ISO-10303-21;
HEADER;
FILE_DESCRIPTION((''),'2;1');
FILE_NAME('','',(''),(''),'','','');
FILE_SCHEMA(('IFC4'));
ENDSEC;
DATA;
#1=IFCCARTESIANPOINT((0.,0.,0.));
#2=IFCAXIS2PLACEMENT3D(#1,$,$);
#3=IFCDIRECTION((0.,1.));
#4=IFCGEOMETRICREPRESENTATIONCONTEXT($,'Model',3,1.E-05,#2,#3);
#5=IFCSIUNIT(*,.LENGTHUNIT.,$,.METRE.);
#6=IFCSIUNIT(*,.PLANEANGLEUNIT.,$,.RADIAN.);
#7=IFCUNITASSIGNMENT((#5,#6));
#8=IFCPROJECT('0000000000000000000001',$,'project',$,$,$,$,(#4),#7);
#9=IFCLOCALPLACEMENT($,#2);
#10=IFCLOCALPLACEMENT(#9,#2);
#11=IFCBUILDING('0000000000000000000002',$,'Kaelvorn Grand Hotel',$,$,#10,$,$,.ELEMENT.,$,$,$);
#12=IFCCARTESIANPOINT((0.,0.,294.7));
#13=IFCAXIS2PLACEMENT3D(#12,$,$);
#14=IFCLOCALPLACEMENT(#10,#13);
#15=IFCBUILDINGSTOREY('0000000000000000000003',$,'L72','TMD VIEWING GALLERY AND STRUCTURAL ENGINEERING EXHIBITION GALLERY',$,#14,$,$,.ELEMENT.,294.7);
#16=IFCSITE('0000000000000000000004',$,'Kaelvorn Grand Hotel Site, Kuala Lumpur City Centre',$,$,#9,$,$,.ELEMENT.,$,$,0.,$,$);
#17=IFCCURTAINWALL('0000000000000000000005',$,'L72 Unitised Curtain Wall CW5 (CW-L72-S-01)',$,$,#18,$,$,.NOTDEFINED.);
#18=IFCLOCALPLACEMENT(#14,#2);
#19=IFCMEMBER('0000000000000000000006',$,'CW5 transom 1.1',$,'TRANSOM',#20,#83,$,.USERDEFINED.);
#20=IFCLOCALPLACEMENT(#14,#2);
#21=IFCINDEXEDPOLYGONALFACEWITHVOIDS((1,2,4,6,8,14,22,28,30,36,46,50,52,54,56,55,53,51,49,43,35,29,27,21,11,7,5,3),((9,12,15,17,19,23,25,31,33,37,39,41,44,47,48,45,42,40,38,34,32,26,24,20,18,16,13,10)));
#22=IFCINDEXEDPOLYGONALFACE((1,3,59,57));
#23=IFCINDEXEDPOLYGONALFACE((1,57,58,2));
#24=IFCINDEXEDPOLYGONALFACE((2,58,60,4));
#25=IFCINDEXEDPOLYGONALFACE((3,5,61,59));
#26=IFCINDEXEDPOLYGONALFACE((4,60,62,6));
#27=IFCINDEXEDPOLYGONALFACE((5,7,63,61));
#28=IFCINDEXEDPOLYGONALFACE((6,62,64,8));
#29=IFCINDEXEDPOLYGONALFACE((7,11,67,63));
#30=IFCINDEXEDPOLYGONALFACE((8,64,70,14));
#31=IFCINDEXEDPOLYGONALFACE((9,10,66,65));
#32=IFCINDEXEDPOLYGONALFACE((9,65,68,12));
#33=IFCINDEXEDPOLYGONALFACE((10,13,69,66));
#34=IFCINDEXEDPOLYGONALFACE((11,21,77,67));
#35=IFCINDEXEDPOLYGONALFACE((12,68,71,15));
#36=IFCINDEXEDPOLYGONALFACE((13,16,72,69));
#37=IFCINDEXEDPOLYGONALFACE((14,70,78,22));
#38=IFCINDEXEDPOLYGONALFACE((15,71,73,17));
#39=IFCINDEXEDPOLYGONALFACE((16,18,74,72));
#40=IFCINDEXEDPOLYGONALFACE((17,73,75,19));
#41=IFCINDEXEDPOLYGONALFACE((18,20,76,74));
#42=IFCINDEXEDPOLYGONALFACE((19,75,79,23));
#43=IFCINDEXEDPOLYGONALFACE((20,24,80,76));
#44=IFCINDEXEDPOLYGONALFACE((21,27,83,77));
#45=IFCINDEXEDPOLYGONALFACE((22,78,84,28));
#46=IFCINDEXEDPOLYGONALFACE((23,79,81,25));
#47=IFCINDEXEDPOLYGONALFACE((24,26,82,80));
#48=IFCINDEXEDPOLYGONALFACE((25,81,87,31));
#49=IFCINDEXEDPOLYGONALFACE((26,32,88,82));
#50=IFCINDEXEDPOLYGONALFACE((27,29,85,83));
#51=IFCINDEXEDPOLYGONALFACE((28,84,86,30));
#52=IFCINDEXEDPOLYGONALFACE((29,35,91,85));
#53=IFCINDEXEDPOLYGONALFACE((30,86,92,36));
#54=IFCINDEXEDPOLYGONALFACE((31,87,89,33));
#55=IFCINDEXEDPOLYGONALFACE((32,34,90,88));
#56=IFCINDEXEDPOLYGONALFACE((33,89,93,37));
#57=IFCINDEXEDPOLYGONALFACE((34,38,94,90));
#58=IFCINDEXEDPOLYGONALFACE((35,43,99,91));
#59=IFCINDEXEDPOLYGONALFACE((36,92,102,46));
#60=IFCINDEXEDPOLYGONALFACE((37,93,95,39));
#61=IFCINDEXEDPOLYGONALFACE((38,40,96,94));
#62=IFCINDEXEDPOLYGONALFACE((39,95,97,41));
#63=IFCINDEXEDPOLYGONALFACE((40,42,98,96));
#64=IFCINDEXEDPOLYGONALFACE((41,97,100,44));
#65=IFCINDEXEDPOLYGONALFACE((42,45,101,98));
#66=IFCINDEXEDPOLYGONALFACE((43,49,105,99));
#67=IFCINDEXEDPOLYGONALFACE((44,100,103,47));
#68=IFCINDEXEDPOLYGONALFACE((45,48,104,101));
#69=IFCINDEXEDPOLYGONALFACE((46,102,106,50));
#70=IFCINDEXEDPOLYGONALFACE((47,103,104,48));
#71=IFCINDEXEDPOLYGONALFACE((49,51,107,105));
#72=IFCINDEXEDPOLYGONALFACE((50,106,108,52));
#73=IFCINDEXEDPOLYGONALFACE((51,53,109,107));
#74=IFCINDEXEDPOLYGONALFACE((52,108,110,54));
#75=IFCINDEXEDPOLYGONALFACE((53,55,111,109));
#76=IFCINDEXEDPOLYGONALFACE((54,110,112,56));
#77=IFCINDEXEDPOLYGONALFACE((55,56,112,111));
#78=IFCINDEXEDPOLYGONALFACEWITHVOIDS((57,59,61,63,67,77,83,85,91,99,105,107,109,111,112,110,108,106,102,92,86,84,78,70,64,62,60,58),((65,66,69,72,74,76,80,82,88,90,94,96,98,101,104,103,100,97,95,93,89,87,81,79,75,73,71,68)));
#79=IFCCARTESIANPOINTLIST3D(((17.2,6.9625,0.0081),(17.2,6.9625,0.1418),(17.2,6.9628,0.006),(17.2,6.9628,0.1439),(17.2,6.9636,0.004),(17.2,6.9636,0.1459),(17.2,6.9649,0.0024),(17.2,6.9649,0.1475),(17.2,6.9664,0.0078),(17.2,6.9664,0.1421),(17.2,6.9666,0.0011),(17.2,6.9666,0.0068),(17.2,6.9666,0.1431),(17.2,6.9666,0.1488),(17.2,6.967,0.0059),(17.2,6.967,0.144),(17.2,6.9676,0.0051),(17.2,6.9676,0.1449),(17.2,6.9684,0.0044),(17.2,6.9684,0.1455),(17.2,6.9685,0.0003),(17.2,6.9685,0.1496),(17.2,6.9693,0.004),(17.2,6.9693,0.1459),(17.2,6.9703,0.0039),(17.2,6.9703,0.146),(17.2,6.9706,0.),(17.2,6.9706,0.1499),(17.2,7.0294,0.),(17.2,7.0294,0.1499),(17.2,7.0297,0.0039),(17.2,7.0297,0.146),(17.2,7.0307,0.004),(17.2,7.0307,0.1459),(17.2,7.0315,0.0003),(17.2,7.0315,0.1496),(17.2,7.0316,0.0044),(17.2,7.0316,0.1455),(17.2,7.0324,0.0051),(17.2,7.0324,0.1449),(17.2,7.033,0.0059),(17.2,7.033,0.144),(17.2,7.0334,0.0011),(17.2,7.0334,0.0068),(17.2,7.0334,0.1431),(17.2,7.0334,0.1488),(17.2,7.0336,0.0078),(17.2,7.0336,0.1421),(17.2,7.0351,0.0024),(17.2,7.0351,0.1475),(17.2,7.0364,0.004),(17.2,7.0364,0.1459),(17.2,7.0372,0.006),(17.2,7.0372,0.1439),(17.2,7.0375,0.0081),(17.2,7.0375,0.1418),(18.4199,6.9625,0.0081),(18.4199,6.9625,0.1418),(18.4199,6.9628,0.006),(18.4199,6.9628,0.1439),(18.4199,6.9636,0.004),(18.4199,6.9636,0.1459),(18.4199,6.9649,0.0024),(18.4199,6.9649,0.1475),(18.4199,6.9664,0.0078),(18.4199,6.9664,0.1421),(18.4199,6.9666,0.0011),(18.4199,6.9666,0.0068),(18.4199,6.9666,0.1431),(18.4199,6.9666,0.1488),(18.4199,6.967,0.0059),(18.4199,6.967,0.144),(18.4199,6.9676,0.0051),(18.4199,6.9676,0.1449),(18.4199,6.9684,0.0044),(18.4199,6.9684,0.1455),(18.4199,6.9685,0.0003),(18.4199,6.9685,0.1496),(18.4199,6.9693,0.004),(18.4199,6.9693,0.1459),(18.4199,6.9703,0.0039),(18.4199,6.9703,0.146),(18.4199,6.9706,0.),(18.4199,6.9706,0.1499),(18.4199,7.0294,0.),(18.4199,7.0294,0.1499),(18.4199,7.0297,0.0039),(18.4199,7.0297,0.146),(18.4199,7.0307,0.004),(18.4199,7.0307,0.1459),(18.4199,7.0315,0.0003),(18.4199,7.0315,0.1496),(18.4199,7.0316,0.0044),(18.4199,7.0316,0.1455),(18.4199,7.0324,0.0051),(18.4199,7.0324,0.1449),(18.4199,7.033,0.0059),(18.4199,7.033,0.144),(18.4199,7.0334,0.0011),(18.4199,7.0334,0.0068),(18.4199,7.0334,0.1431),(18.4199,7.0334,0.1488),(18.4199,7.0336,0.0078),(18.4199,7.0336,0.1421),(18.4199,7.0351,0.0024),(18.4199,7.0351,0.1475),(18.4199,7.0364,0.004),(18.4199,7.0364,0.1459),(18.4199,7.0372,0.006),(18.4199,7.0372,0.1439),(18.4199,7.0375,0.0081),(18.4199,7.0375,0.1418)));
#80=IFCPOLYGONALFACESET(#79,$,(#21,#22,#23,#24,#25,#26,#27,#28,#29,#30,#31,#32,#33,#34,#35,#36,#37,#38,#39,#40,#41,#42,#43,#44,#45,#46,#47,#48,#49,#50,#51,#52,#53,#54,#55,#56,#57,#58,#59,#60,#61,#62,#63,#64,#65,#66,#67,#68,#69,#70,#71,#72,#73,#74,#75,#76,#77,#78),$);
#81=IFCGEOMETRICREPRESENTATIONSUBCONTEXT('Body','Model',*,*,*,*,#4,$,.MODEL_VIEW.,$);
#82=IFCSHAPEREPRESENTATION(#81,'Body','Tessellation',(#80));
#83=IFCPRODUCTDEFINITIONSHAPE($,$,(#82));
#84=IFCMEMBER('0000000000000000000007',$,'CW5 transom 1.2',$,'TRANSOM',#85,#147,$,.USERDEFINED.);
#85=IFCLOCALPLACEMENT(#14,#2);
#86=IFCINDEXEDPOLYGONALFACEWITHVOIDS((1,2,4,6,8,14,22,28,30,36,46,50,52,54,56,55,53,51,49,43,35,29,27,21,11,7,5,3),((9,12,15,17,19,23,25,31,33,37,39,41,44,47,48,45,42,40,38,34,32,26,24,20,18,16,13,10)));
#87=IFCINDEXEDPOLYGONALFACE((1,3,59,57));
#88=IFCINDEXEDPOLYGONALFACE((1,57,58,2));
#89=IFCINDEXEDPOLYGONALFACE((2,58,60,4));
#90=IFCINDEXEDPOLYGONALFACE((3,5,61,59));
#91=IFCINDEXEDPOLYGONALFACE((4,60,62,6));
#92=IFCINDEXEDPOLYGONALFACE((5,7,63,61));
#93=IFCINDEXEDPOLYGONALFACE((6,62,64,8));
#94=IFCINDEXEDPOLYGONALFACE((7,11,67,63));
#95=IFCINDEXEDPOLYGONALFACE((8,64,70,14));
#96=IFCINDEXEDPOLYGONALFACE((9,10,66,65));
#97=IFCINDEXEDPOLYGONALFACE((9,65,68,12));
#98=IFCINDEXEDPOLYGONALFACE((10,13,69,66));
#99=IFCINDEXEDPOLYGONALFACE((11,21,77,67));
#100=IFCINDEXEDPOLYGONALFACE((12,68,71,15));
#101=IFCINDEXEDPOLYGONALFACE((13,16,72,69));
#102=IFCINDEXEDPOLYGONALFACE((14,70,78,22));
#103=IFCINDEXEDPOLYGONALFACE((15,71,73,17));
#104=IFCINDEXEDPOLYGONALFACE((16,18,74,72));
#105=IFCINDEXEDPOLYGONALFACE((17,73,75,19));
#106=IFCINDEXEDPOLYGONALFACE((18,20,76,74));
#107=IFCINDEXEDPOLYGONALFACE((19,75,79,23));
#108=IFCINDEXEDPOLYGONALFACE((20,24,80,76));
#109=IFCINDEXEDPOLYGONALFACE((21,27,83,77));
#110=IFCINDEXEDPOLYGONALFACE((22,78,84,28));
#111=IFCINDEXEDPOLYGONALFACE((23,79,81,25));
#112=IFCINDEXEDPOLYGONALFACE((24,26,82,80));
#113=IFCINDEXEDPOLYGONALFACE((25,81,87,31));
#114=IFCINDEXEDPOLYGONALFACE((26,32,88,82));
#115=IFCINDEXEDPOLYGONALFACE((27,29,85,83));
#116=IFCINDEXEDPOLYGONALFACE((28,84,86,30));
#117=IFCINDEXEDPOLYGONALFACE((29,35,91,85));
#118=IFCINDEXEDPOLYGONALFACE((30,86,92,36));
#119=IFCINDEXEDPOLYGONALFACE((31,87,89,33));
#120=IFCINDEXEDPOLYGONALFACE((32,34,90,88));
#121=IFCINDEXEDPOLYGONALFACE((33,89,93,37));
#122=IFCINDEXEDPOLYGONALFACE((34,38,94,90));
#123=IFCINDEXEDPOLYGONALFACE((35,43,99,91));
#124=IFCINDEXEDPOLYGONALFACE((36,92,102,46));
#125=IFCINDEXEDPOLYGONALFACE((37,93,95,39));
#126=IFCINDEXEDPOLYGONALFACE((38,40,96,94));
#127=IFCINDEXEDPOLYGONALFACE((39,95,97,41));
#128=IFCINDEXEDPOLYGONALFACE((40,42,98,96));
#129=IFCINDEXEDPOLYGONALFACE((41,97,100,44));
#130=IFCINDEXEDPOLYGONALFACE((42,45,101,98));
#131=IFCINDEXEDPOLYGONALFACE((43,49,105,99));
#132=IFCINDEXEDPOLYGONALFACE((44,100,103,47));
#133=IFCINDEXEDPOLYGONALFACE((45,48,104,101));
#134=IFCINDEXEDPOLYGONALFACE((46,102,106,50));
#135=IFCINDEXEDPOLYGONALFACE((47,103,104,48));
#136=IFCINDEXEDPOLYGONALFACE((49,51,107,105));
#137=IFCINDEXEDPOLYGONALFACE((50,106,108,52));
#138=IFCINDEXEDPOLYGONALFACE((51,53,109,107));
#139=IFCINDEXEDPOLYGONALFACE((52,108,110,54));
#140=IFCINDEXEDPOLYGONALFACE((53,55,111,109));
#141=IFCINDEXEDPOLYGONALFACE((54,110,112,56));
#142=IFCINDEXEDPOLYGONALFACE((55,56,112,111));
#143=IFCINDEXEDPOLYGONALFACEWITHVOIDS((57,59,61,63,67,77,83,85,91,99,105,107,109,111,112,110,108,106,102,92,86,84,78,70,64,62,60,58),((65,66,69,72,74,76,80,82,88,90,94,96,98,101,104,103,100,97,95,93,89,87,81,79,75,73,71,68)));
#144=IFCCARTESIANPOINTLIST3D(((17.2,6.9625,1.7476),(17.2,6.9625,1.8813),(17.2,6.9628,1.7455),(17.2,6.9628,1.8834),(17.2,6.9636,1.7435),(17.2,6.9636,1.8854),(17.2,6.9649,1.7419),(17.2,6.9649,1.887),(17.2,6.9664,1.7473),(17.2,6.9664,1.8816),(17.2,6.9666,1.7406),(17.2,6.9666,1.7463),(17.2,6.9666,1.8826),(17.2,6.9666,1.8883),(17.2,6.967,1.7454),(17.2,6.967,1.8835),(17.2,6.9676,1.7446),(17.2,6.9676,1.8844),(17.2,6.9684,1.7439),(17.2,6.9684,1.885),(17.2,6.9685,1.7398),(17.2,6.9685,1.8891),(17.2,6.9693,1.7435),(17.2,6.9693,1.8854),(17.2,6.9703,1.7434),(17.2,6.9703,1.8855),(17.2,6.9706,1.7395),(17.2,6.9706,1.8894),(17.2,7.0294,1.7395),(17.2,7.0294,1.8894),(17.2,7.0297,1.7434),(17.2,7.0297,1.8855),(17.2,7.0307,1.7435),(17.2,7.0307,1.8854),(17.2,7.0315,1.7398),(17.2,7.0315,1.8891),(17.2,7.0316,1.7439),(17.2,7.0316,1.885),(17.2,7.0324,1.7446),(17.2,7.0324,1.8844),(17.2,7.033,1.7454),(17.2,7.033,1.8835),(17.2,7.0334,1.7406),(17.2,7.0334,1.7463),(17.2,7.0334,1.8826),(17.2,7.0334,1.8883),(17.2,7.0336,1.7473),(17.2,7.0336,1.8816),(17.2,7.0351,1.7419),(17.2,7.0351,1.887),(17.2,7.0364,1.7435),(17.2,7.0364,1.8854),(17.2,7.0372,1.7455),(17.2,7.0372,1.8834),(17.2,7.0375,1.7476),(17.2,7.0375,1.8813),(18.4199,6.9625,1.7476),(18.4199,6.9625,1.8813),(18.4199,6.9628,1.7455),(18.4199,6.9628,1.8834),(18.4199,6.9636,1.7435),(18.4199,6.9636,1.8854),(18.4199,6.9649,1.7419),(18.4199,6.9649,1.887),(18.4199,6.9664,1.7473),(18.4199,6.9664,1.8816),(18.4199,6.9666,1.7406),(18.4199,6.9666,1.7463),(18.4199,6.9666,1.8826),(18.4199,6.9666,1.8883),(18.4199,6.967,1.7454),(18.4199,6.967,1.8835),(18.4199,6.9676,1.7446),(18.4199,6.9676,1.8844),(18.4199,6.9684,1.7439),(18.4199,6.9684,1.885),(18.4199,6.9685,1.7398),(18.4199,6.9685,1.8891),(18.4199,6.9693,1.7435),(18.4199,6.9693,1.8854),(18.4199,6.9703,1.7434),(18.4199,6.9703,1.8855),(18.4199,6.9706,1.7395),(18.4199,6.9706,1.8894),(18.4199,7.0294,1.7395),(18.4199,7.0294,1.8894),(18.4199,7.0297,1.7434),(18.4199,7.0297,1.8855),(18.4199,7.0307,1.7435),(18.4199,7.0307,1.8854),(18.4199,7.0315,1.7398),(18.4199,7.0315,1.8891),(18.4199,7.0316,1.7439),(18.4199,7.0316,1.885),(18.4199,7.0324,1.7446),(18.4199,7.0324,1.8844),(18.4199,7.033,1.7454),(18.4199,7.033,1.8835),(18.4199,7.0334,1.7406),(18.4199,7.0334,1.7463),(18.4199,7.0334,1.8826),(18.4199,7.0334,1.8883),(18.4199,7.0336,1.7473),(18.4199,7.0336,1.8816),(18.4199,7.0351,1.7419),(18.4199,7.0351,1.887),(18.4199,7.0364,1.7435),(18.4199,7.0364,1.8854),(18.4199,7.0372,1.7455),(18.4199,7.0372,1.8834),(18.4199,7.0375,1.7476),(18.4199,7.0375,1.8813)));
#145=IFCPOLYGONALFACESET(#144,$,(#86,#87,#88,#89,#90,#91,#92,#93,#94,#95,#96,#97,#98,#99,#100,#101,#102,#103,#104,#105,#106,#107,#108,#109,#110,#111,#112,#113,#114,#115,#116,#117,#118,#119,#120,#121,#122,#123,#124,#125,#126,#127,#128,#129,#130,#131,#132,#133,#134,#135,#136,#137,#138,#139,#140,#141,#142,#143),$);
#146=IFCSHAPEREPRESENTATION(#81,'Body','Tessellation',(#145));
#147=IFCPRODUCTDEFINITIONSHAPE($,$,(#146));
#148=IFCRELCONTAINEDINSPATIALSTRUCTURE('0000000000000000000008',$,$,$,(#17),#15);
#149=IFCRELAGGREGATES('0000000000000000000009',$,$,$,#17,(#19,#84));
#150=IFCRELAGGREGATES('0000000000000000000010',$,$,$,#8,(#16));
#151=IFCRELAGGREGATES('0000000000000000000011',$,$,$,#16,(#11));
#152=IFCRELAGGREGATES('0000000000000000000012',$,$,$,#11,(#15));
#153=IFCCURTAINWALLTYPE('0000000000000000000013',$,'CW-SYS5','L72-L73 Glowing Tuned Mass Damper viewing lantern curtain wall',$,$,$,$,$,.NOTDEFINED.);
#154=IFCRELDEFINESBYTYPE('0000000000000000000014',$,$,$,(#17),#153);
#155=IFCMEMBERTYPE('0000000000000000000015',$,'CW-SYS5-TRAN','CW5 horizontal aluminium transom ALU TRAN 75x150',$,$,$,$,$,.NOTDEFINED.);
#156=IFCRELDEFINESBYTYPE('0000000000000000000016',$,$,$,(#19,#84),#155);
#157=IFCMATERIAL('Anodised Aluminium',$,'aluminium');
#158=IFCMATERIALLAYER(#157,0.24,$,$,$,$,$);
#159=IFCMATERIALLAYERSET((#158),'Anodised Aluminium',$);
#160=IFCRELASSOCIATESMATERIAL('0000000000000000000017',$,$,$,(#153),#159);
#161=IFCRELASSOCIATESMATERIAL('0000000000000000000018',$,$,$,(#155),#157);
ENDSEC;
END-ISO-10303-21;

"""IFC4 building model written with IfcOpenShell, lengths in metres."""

from ifc_helpers import new_model, si_unit, direction, frame, origin, origin_2d, place, context, subcontext, project, spatial, hollow_rectangle, extrude, material, layer, layer_set, material_profile, profile_set, type_object, element, aggregate, save


model = new_model("IFC4")

# Units and contexts
model_context = context("Model", 3, precision=1e-05, world=origin(), true_north=direction((0.0, 1.0)))
body_context = subcontext(model_context, "Body", "Model", "MODEL_VIEW")
ifc_project = project(units=[si_unit("LENGTHUNIT", "METRE"), si_unit("PLANEANGLEUNIT", "RADIAN")], contexts=[model_context])

# Site, building, storey
site_placement = place(None, origin())
site = spatial("IfcSite", under=ifc_project, at=site_placement, Name="Kaelvorn Grand Hotel Site, Kuala Lumpur City Centre", CompositionType="ELEMENT", RefElevation=0.0)
building_placement = place(site_placement, origin())
building = spatial("IfcBuilding", under=site, at=building_placement, Name="Kaelvorn Grand Hotel", CompositionType="ELEMENT")
storey_placement = place(building_placement, frame((0.0, 0.0, 294.7)))
storey = spatial("IfcBuildingStorey", under=building, at=storey_placement, Name="L72", Description="TMD VIEWING GALLERY AND STRUCTURAL ENGINEERING EXHIBITION GALLERY", CompositionType="ELEMENT", Elevation=294.7)

# Curtain wall
ifc_material_1 = material(Name="Anodised Aluminium", Category="aluminium")
ifc_layer_1 = layer(ifc_material_1, 0.24)
ifc_layer_set_1 = layer_set([ifc_layer_1], Name="Anodised Aluminium")
curtain_wall_type = type_object("IfcCurtainWallType", Name="CW-SYS5", Description="L72-L73 Glowing Tuned Mass Damper viewing lantern curtain wall", PredefinedType="NOTDEFINED", material=ifc_layer_set_1)
curtain_wall_1_placement = place(storey_placement, origin())
curtain_wall_1 = element("IfcCurtainWall", 1, at=curtain_wall_1_placement, inside=storey, type_object=curtain_wall_type, Name="L72 Unitised Curtain Wall CW5 (CW-L72-S-01)", PredefinedType="NOTDEFINED")

# Members
ifc_material_profile_1 = material_profile(ifc_material_1, hollow_rectangle(XDim=0.075, YDim=0.1499, WallThickness=0.0039, InnerFilletRadius=0.0039, OuterFilletRadius=0.0081, at=origin_2d()), Name="ALU TRAN 75x150")
ifc_profile_set_1 = profile_set([ifc_material_profile_1], Name="Anodised Aluminium")
member_type_1 = type_object("IfcMemberType", Name="CW-SYS5-TRAN", Description="CW5 horizontal aluminium transom ALU TRAN 75x150", PredefinedType="NOTDEFINED", material=ifc_profile_set_1)
member_1_placement = place(storey_placement, frame((17.2, 7.0, 0.075), z_axis=(1.0, 0.0, 0.0), x_axis=(0.0, 1.0, 0.0)))
member_1 = element("IfcMember", 2, at=member_1_placement, type_object=member_type_1, Name="CW5 transom 1.1", ObjectType="TRANSOM", PredefinedType="USERDEFINED", context=body_context, shape_type="SweptSolid", body=[
    extrude(hollow_rectangle(XDim=0.075, YDim=0.1499, WallThickness=0.0039, InnerFilletRadius=0.0039, OuterFilletRadius=0.0081, at=origin_2d()), origin(), (0.0, 0.0, 1.0), 1.22),
])
member_2_placement = place(storey_placement, frame((17.2, 7.0, 1.8145), z_axis=(1.0, 0.0, 0.0), x_axis=(0.0, 1.0, 0.0)))
member_2 = element("IfcMember", 3, at=member_2_placement, type_object=member_type_1, Name="CW5 transom 1.2", ObjectType="TRANSOM", PredefinedType="USERDEFINED", context=body_context, shape_type="SweptSolid", body=[
    extrude(hollow_rectangle(XDim=0.075, YDim=0.1499, WallThickness=0.0039, InnerFilletRadius=0.0039, OuterFilletRadius=0.0081, at=origin_2d()), origin(), (0.0, 0.0, 1.0), 1.22),
])

aggregate(curtain_wall_1, [member_1, member_2])

save(model, "model.ifc")
